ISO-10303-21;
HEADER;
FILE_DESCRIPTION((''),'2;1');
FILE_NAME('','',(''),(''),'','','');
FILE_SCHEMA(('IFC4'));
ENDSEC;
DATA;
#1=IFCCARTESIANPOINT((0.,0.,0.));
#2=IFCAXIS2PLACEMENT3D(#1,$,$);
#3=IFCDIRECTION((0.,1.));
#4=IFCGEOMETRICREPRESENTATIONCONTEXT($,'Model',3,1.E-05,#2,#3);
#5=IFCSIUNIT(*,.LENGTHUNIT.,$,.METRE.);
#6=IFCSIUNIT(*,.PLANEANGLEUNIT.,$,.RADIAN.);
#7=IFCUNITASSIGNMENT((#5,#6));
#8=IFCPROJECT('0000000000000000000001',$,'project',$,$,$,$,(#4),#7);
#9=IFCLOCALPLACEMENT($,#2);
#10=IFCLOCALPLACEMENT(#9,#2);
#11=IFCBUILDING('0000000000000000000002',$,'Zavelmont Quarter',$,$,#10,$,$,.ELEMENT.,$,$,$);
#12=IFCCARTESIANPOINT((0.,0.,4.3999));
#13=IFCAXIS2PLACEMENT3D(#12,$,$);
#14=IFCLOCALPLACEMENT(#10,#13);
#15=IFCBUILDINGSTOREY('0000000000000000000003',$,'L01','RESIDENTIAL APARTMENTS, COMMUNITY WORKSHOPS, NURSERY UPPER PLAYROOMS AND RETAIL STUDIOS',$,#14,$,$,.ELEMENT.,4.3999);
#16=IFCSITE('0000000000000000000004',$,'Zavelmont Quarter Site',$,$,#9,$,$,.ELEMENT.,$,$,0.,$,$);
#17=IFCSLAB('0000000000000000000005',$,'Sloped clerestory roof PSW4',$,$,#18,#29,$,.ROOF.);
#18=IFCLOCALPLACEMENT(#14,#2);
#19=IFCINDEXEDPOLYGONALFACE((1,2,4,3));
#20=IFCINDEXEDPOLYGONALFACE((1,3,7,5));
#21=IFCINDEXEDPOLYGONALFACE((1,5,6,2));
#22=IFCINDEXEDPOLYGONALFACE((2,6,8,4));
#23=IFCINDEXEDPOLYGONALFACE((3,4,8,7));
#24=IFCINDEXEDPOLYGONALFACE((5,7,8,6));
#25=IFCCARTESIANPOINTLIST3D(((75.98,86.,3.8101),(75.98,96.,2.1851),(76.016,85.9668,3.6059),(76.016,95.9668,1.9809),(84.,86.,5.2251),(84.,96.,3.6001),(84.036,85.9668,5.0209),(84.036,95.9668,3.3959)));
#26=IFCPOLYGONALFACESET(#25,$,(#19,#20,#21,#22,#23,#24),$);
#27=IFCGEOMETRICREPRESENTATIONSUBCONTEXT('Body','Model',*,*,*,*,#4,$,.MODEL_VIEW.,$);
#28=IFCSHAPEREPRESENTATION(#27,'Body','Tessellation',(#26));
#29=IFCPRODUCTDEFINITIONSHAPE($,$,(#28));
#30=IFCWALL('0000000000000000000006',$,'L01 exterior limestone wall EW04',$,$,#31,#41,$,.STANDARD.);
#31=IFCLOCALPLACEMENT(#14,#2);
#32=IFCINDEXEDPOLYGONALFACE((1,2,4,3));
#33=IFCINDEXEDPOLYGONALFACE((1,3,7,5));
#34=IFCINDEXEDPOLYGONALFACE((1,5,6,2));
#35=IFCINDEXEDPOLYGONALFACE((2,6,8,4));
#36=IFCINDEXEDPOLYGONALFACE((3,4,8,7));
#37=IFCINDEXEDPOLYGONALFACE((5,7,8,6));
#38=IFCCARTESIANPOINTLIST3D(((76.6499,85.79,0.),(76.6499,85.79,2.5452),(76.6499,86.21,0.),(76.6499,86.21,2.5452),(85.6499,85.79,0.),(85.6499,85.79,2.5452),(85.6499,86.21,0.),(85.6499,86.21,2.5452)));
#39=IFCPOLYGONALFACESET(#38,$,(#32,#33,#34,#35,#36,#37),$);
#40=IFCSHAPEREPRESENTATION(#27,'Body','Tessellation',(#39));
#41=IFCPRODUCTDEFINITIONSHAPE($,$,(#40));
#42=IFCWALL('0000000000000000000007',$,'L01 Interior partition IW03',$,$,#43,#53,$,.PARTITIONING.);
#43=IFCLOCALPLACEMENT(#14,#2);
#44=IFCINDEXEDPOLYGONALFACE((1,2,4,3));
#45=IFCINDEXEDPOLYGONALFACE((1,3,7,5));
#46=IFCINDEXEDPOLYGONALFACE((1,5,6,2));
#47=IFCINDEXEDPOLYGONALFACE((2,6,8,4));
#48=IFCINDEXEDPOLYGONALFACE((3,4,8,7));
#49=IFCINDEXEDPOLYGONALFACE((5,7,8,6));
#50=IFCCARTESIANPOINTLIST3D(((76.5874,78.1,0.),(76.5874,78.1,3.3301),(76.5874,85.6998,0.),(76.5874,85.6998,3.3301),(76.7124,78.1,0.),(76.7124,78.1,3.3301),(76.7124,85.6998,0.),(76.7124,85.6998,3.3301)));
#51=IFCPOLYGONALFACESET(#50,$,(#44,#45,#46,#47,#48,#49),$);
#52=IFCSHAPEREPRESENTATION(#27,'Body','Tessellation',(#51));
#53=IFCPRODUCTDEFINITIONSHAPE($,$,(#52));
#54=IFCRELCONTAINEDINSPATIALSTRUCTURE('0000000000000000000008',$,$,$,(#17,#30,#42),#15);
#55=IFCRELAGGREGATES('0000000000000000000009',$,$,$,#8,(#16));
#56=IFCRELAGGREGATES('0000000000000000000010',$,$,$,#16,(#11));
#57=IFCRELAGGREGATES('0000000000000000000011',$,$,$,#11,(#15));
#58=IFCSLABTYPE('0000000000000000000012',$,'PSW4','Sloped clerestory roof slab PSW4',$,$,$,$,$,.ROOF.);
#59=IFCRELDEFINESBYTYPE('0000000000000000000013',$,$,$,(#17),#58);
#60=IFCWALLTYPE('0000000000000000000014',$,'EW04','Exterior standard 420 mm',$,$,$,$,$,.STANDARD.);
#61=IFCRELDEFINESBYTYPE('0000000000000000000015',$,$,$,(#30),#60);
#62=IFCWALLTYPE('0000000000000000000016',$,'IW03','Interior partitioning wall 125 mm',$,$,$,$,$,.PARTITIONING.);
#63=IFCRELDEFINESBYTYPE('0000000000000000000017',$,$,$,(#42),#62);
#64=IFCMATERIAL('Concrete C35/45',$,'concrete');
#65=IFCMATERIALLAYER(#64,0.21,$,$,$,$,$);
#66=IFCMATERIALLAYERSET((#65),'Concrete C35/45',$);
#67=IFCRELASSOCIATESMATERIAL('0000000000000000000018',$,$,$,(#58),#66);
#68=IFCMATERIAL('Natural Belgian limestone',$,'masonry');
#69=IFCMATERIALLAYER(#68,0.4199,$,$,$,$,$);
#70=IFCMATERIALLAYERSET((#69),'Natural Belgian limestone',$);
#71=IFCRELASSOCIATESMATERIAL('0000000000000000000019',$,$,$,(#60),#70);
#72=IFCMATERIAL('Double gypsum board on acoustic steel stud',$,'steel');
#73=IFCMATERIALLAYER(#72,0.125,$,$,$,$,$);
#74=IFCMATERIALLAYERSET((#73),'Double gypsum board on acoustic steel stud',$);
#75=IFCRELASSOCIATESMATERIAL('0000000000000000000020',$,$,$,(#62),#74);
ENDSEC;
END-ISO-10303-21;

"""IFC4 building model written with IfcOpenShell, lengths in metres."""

from ifc_helpers import new_model, si_unit, direction, frame, frame_2d, origin, place, context, subcontext, project, spatial, polyline, rectangle, outline, extrude, material, layer, layer_set, type_object, element, save


model = new_model("IFC4")

# Units and contexts
model_context = context("Model", 3, precision=1e-05, world=origin(), true_north=direction((0.0, 1.0)))
body_context = subcontext(model_context, "Body", "Model", "MODEL_VIEW")
ifc_project = project(units=[si_unit("LENGTHUNIT", "METRE"), si_unit("PLANEANGLEUNIT", "RADIAN")], contexts=[model_context])

# Site, building, storey
site_placement = place(None, origin())
site = spatial("IfcSite", under=ifc_project, at=site_placement, Name="Zavelmont Quarter Site", CompositionType="ELEMENT", RefElevation=0.0)
building_placement = place(site_placement, origin())
building = spatial("IfcBuilding", under=site, at=building_placement, Name="Zavelmont Quarter", CompositionType="ELEMENT")
storey_placement = place(building_placement, frame((0.0, 0.0, 4.3999)))
storey = spatial("IfcBuildingStorey", under=building, at=storey_placement, Name="L01", Description="RESIDENTIAL APARTMENTS, COMMUNITY WORKSHOPS, NURSERY UPPER PLAYROOMS AND RETAIL STUDIOS", CompositionType="ELEMENT", Elevation=4.3999)

# Slab
ifc_material_1 = material(Name="Concrete C35/45", Category="concrete")
ifc_layer_1 = layer(ifc_material_1, 0.21)
ifc_layer_set_1 = layer_set([ifc_layer_1], Name="Concrete C35/45")
slab_type_1 = type_object("IfcSlabType", Name="PSW4", Description="Sloped clerestory roof slab PSW4", PredefinedType="ROOF", material=ifc_layer_set_1)
slab_1_placement = place(storey_placement, frame((75.98, 86.0, 3.8101), z_axis=(-0.171572, 0.158018, 0.972416), x_axis=(0.984789, 0.0, 0.173755)))
element("IfcSlab", 1, at=slab_1_placement, inside=storey, type_object=slab_type_1, Name="Sloped clerestory roof PSW4", PredefinedType="ROOF", context=body_context, shape_type="SweptSolid", body=[
    extrude(outline(polyline([(0.0, 0.0), (8.1439, 0.0), (7.8615, 10.1272), (-0.2824, 10.1272), (0.0, 0.0)])), origin(), (0.0, 0.0, -1.0), 0.21),
])

# Walls
ifc_material_2 = material(Name="Natural Belgian limestone", Category="masonry")
ifc_layer_2 = layer(ifc_material_2, 0.4199)
ifc_layer_set_2 = layer_set([ifc_layer_2], Name="Natural Belgian limestone")
wall_type_1 = type_object("IfcWallType", Name="EW04", Description="Exterior standard 420 mm", PredefinedType="STANDARD", material=ifc_layer_set_2)
wall_1_placement = place(storey_placement, frame((76.6499, 86.0, 0.0), z_axis=(0.0, 0.0, 1.0), x_axis=(1.0, 0.0, 0.0)))
element("IfcWall", 2, at=wall_1_placement, inside=storey, type_object=wall_type_1, Name="L01 exterior limestone wall EW04", PredefinedType="STANDARD", context=body_context, shape_type="SweptSolid", body=[
    extrude(rectangle(XDim=9.0, YDim=0.4199, at=frame_2d((4.5, 0.0))), origin(), (0.0, 0.0, 1.0), 2.5452),
])
ifc_material_3 = material(Name="Double gypsum board on acoustic steel stud", Category="steel")
ifc_layer_3 = layer(ifc_material_3, 0.125)
ifc_layer_set_3 = layer_set([ifc_layer_3], Name="Double gypsum board on acoustic steel stud")
wall_type_2 = type_object("IfcWallType", Name="IW03", Description="Interior partitioning wall 125 mm", PredefinedType="PARTITIONING", material=ifc_layer_set_3)
wall_2_placement = place(storey_placement, frame((76.6499, 78.1001, 0.0), z_axis=(0.0, 0.0, 1.0), x_axis=(0.0, 1.0, 0.0)))
element("IfcWall", 3, at=wall_2_placement, inside=storey, type_object=wall_type_2, Name="L01 Interior partition IW03", PredefinedType="PARTITIONING", context=body_context, shape_type="SweptSolid", body=[
    extrude(rectangle(XDim=7.5999, YDim=0.125, at=frame_2d((3.7998, 0.0))), origin(), (0.0, 0.0, 1.0), 3.3301),
])

save(model, "model.ifc")
